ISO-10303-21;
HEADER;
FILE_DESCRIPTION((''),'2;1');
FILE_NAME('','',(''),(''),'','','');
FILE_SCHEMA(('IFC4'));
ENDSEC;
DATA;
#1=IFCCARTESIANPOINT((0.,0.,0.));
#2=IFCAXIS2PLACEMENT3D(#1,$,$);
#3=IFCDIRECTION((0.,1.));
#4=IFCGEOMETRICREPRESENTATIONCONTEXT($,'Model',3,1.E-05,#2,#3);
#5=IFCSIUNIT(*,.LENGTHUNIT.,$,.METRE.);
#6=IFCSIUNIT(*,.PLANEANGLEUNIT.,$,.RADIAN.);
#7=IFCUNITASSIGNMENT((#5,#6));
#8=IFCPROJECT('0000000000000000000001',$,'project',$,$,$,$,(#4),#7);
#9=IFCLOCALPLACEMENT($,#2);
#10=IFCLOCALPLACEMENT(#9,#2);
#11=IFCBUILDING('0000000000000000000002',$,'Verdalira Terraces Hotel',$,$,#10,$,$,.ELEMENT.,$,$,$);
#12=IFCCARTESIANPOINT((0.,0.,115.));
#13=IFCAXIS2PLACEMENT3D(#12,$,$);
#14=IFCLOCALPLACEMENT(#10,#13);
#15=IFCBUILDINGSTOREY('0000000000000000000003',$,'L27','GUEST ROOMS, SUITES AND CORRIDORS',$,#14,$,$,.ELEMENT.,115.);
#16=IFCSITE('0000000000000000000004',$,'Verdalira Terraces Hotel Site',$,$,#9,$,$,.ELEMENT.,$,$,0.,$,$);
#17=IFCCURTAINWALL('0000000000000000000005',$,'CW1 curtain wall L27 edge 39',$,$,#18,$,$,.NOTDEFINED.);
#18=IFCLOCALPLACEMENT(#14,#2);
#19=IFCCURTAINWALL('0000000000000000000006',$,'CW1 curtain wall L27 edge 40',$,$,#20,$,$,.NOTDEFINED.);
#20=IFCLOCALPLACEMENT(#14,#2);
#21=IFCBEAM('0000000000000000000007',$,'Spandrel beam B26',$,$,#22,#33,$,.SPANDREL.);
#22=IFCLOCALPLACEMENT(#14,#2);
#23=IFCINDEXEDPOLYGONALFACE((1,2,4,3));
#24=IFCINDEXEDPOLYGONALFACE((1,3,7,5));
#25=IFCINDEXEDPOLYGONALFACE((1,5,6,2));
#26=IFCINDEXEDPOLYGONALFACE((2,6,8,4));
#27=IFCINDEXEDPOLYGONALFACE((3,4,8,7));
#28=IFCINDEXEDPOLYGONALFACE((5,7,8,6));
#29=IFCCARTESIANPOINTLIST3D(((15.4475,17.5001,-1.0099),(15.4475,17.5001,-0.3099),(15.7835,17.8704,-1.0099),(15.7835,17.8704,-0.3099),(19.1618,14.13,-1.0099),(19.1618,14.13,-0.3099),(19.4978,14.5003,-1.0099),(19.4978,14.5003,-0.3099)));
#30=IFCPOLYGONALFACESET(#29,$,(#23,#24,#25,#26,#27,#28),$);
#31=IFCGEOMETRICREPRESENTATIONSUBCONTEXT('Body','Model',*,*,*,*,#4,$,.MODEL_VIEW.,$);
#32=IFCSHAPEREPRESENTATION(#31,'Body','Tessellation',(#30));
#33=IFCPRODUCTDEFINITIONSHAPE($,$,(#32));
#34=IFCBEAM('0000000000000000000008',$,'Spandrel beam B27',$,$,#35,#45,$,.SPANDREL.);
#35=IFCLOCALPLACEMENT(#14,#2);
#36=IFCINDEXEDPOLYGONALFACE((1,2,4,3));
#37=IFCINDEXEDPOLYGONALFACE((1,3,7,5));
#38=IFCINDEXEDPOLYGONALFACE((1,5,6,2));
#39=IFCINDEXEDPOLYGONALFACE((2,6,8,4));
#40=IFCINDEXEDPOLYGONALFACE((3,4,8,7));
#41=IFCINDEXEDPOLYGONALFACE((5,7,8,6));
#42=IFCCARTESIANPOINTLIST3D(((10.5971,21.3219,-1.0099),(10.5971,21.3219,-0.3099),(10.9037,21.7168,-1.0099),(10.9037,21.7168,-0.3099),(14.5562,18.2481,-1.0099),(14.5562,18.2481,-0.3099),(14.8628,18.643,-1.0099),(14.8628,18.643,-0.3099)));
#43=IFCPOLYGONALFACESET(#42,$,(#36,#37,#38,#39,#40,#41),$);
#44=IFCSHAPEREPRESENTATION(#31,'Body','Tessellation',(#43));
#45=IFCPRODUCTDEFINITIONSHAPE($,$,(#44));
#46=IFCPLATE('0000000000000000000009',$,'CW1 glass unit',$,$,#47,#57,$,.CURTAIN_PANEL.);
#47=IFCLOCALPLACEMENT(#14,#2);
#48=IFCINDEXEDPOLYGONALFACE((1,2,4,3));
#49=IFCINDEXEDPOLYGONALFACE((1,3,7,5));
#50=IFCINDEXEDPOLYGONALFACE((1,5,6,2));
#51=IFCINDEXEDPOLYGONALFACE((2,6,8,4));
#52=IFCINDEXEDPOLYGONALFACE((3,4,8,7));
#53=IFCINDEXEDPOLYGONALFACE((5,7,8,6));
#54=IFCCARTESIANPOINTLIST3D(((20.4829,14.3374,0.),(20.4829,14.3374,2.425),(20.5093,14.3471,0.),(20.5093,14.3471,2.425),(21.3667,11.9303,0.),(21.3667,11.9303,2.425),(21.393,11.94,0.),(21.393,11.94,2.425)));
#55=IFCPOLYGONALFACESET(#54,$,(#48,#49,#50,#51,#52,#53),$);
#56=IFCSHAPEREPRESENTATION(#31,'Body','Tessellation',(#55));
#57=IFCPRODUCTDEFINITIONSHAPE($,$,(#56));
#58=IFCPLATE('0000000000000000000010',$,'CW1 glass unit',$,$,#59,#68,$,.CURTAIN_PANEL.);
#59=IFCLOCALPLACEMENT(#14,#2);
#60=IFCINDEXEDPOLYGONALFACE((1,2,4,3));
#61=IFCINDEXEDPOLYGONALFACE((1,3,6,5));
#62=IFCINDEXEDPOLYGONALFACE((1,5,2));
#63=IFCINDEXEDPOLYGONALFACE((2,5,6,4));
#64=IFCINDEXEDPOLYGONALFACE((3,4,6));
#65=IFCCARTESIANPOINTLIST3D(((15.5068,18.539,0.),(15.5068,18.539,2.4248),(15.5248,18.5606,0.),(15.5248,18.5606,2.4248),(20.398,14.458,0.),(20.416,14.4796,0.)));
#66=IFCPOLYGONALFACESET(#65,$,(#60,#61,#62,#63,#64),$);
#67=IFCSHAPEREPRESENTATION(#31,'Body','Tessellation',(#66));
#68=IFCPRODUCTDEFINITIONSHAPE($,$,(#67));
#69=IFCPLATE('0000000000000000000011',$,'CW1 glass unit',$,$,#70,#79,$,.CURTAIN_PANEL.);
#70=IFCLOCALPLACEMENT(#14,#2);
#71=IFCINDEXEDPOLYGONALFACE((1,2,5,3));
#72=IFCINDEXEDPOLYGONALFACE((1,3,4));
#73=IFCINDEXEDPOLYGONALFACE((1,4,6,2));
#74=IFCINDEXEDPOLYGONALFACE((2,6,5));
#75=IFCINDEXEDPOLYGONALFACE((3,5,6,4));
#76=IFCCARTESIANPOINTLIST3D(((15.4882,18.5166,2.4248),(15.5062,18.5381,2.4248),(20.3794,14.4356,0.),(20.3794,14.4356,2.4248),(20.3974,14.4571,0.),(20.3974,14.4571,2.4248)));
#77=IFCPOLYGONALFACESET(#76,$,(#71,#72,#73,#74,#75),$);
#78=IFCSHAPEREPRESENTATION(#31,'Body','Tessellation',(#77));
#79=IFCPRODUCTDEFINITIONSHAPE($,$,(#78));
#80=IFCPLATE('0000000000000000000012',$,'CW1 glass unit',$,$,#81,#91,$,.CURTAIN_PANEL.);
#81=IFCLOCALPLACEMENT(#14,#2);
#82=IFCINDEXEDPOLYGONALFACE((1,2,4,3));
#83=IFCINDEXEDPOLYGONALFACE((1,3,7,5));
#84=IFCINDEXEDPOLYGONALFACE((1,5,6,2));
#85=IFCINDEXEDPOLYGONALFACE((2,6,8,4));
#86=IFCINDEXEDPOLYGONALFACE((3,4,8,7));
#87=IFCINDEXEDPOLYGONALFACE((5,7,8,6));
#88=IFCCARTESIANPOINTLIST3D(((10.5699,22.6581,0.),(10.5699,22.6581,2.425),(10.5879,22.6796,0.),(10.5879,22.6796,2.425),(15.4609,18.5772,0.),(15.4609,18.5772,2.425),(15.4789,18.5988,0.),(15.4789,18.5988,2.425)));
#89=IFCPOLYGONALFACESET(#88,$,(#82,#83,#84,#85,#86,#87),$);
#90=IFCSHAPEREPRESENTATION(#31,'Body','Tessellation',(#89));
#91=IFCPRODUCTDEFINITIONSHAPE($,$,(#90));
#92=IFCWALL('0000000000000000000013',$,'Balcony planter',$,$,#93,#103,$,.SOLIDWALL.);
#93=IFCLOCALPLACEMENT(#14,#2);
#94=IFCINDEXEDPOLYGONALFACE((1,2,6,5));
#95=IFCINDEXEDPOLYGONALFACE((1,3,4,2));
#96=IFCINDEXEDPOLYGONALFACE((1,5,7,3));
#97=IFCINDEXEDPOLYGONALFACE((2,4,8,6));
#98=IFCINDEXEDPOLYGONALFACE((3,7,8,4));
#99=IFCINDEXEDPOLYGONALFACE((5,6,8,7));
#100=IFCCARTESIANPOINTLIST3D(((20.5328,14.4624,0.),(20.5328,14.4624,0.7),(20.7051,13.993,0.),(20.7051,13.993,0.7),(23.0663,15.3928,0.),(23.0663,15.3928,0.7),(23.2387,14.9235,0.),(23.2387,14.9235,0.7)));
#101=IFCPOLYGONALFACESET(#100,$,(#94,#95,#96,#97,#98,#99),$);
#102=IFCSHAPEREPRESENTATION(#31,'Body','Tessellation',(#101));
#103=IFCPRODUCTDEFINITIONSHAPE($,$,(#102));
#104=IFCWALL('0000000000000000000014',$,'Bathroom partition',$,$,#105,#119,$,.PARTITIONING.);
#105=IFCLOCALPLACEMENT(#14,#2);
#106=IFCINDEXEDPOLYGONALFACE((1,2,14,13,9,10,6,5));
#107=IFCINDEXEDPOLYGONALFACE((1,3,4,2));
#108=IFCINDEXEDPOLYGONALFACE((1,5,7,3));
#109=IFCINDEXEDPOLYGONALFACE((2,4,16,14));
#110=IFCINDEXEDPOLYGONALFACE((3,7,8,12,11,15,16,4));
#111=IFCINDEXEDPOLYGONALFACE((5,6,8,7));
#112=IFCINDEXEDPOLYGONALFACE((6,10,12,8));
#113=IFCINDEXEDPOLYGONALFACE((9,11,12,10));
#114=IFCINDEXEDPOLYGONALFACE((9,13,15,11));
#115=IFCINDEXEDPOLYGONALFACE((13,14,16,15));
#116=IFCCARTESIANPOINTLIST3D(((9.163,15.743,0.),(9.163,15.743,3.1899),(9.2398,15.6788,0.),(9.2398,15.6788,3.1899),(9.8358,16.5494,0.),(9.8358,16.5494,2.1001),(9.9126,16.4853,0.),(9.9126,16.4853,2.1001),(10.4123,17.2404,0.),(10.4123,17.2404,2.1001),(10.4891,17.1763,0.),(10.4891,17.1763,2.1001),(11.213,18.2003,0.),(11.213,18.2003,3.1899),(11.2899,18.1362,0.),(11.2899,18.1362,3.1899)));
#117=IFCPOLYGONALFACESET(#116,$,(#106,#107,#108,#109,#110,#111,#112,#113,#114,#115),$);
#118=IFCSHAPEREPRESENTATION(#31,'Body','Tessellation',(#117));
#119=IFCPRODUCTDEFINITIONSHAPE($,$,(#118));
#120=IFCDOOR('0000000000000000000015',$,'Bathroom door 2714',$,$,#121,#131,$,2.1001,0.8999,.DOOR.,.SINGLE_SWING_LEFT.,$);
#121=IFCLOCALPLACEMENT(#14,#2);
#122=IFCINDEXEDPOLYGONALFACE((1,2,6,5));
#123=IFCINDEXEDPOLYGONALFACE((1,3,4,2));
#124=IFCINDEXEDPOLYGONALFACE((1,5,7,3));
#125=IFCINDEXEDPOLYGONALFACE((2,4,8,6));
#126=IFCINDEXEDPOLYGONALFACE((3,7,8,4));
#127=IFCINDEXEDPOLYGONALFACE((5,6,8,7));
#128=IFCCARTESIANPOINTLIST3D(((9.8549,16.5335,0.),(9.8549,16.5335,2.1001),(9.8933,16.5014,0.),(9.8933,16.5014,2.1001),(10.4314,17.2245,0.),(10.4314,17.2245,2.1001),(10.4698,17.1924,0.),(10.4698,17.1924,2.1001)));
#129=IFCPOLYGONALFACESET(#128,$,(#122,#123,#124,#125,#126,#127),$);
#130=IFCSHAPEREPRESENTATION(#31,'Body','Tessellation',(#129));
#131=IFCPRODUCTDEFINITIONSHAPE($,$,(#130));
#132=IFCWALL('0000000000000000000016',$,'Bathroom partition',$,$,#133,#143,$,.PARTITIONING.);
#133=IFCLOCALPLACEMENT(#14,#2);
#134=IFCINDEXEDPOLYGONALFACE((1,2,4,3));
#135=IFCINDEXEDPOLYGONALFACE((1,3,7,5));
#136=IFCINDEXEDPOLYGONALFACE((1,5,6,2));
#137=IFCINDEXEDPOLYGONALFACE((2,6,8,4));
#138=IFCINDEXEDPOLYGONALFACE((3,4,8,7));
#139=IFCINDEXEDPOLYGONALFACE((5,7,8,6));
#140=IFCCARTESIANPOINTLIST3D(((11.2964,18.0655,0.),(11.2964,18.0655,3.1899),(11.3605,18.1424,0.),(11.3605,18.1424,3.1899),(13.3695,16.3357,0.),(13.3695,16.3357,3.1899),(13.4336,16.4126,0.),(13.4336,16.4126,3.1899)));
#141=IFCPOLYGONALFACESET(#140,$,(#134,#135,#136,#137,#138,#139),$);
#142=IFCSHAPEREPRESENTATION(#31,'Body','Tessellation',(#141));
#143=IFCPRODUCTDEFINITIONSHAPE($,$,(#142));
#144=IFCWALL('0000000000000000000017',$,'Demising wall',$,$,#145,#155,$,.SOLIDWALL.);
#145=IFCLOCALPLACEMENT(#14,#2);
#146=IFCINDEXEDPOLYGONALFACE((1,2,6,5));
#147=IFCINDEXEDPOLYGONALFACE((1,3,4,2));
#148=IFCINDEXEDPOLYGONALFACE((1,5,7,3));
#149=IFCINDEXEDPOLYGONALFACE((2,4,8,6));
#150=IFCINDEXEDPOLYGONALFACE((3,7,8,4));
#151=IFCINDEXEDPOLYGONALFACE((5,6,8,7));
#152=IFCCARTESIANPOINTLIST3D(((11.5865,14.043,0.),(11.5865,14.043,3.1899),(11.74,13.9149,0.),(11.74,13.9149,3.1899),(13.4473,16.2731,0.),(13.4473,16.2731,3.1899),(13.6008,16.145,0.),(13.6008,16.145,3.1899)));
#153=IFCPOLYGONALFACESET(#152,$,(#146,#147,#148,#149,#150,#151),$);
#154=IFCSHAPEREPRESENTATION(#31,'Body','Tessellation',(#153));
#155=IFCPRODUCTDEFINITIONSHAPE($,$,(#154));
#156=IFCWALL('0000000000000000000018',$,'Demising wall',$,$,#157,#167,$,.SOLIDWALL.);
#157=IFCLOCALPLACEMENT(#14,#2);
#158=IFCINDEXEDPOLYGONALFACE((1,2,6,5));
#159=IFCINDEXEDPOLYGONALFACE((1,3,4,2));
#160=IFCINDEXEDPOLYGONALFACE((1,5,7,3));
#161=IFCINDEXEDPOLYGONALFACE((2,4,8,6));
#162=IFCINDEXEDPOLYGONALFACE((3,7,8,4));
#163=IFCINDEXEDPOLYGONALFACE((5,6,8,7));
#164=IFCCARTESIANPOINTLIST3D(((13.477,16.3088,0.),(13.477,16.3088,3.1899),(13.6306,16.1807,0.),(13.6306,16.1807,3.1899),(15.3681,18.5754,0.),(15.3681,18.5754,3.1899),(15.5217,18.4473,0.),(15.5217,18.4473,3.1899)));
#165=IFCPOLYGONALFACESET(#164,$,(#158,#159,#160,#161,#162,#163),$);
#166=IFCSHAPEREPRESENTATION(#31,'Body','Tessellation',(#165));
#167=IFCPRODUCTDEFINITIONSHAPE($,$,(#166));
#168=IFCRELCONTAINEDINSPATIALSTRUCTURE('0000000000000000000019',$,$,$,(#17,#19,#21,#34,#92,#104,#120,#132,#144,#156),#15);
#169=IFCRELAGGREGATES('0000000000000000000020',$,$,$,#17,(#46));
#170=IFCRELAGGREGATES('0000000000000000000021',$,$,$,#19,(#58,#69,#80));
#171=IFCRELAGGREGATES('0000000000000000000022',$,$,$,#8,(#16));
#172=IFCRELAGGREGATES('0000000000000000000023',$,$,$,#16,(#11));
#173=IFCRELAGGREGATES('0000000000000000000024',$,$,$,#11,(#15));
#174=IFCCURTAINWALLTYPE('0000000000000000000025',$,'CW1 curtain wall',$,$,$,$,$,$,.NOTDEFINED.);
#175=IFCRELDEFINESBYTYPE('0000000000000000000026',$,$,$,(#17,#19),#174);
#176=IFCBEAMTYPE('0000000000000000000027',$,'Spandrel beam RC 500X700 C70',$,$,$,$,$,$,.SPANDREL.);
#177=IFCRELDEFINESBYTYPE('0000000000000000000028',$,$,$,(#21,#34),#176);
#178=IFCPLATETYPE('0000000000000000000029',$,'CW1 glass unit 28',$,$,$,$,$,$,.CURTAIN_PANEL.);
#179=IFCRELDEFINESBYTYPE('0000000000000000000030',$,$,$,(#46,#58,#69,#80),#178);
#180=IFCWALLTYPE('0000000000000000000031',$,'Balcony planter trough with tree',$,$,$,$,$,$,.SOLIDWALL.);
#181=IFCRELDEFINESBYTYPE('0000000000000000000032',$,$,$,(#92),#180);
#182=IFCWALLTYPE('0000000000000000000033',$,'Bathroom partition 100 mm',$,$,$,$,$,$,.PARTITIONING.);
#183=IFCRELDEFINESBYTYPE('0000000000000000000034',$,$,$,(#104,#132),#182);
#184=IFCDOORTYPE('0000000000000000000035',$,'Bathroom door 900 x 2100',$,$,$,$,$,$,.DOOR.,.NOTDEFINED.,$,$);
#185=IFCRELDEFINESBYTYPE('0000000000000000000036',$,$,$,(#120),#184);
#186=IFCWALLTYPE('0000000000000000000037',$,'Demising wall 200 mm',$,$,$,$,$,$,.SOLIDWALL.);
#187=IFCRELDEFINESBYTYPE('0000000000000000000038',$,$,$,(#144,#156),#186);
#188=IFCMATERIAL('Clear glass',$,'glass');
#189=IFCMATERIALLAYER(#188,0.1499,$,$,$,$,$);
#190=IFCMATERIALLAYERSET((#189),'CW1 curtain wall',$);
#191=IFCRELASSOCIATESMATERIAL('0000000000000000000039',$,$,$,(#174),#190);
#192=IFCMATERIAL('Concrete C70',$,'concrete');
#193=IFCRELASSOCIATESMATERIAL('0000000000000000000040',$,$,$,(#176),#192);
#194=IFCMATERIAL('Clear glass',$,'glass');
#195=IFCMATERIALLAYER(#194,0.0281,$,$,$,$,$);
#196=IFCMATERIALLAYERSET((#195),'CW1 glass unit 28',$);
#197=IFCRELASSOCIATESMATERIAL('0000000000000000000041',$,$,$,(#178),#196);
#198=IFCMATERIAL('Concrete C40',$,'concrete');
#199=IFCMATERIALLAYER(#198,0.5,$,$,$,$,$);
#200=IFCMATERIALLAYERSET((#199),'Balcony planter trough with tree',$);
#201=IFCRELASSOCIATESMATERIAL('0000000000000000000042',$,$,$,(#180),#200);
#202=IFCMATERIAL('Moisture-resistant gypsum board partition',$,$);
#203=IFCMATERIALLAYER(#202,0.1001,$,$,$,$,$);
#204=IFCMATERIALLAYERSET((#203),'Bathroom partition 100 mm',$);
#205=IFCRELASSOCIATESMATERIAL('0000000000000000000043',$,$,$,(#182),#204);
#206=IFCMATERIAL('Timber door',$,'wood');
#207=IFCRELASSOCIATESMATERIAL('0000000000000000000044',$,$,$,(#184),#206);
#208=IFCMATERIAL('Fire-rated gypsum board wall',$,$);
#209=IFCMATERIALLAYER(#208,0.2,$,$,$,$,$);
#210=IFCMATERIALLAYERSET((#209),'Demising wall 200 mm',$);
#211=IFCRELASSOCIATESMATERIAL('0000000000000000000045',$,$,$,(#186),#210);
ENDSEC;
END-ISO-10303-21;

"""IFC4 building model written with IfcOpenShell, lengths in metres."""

from ifc_helpers import new_model, si_unit, direction, frame, frame_2d, origin, origin_2d, place, context, subcontext, project, spatial, polyline, rectangle, outline, extrude, material, layer, layer_set, material_profile, profile_set, type_object, element, fill, aggregate, save


model = new_model("IFC4")

# Units and contexts
model_context = context("Model", 3, precision=1e-05, world=origin(), true_north=direction((0.0, 1.0)))
body_context = subcontext(model_context, "Body", "Model", "MODEL_VIEW")
ifc_project = project(units=[si_unit("LENGTHUNIT", "METRE"), si_unit("PLANEANGLEUNIT", "RADIAN")], contexts=[model_context])

# Site, building, storey
site_placement = place(None, origin())
site = spatial("IfcSite", under=ifc_project, at=site_placement, Name="Verdalira Terraces Hotel Site", CompositionType="ELEMENT", RefElevation=0.0)
building_placement = place(site_placement, origin())
building = spatial("IfcBuilding", under=site, at=building_placement, Name="Verdalira Terraces Hotel", CompositionType="ELEMENT")
storey_placement = place(building_placement, frame((0.0, 0.0, 115.0)))
storey = spatial("IfcBuildingStorey", under=building, at=storey_placement, Name="L27", Description="GUEST ROOMS, SUITES AND CORRIDORS", CompositionType="ELEMENT", Elevation=115.0)

# Curtain wall
ifc_material_1 = material(Name="Clear glass", Category="glass")
ifc_layer_1 = layer(ifc_material_1, 0.1499)
ifc_layer_set_1 = layer_set([ifc_layer_1], Name="CW1 curtain wall")
curtain_wall_type = type_object("IfcCurtainWallType", Name="CW1 curtain wall", PredefinedType="NOTDEFINED", material=ifc_layer_set_1)
curtain_wall_1_placement = place(storey_placement, origin())
curtain_wall_1 = element("IfcCurtainWall", 1, at=curtain_wall_1_placement, inside=storey, type_object=curtain_wall_type, Name="CW1 curtain wall L27 edge 39", PredefinedType="NOTDEFINED")

# Curtain wall
curtain_wall_2_placement = place(storey_placement, origin())
curtain_wall_2 = element("IfcCurtainWall", 2, at=curtain_wall_2_placement, inside=storey, type_object=curtain_wall_type, Name="CW1 curtain wall L27 edge 40", PredefinedType="NOTDEFINED")

# Beams
ifc_material_2 = material(Name="Concrete C70", Category="concrete")
ifc_material_profile_1 = material_profile(ifc_material_2, rectangle(XDim=0.5, YDim=0.7, at=origin_2d()), Name="RC 500X700")
ifc_profile_set_1 = profile_set([ifc_material_profile_1], Name="Concrete C70")
beam_type_1 = type_object("IfcBeamType", Name="Spandrel beam RC 500X700 C70", PredefinedType="SPANDREL", material=ifc_profile_set_1)
beam_1_placement = place(storey_placement, frame((19.3298, 14.3152, -0.6599), z_axis=(-0.740592, 0.671955, 0.0), x_axis=(-0.671955, -0.740592, 0.0)))
element("IfcBeam", 3, at=beam_1_placement, inside=storey, type_object=beam_type_1, Name="Spandrel beam B26", PredefinedType="SPANDREL", context=body_context, shape_type="SweptSolid", body=[
    extrude(rectangle(XDim=0.5, YDim=0.7, at=origin_2d()), origin(), (0.0, 0.0, 1.0), 5.0154),
])
beam_2_placement = place(storey_placement, frame((14.7095, 18.4456, -0.6599), z_axis=(-0.789882, 0.613259, 0.0), x_axis=(-0.613259, -0.789882, 0.0)))
element("IfcBeam", 4, at=beam_2_placement, inside=storey, type_object=beam_type_1, Name="Spandrel beam B27", PredefinedType="SPANDREL", context=body_context, shape_type="SweptSolid", body=[
    extrude(rectangle(XDim=0.5, YDim=0.7, at=origin_2d()), origin(), (0.0, 0.0, 1.0), 5.0122),
])

# Plates
ifc_material_3 = material(Name="Clear glass", Category="glass")
ifc_layer_2 = layer(ifc_material_3, 0.0281)
ifc_layer_set_2 = layer_set([ifc_layer_2], Name="CW1 glass unit 28")
plate_type = type_object("IfcPlateType", Name="CW1 glass unit 28", PredefinedType="CURTAIN_PANEL", material=ifc_layer_set_2)
plate_1_placement = place(storey_placement, frame((20.938, 13.1387, 0.0), z_axis=(0.0, 0.0, 1.0), x_axis=(-0.344643, 0.938734, 0.0)))
plate_1 = element("IfcPlate", 5, at=plate_1_placement, type_object=plate_type, Name="CW1 glass unit", PredefinedType="CURTAIN_PANEL", context=body_context, shape_type="SweptSolid", body=[
    extrude(rectangle(XDim=2.5642, YDim=0.0281, at=origin_2d()), origin(), (0.0, 0.0, 1.0), 2.425),
])
aggregate(curtain_wall_1, [plate_1])
plate_2_placement = place(storey_placement, frame((17.9524, 16.4985, 1.2124), z_axis=(0.640646, 0.767836, 0.0), x_axis=(-0.767836, 0.640646, 0.0)))
plate_2 = element("IfcPlate", 6, at=plate_2_placement, type_object=plate_type, Name="CW1 glass unit", PredefinedType="CURTAIN_PANEL", context=body_context, shape_type="SweptSolid", body=[
    extrude(outline(polyline([(-3.1851, -1.2124), (3.1851, -1.2124), (3.1851, 1.2124), (-3.1851, -1.2124)])), origin(), (0.0, 0.0, 1.0), 0.0281),
])
plate_3_placement = place(storey_placement, frame((17.9338, 16.4761, 1.2124), z_axis=(0.640646, 0.767836, 0.0), x_axis=(-0.767836, 0.640646, 0.0)))
plate_3 = element("IfcPlate", 7, at=plate_3_placement, type_object=plate_type, Name="CW1 glass unit", PredefinedType="CURTAIN_PANEL", context=body_context, shape_type="SweptSolid", body=[
    extrude(outline(polyline([(-3.1851, -1.2124), (3.1851, 1.2124), (-3.1851, 1.2124), (-3.1851, -1.2124)])), origin(), (0.0, 0.0, 1.0), 0.0281),
])
plate_4_placement = place(storey_placement, frame((13.0244, 20.6284, 0.0), z_axis=(0.0, 0.0, 1.0), x_axis=(-0.767836, 0.640646, 0.0)))
plate_4 = element("IfcPlate", 8, at=plate_4_placement, type_object=plate_type, Name="CW1 glass unit", PredefinedType="CURTAIN_PANEL", context=body_context, shape_type="SweptSolid", body=[
    extrude(rectangle(XDim=6.3699, YDim=0.0281, at=origin_2d()), origin(), (0.0, 0.0, 1.0), 2.425),
])
aggregate(curtain_wall_2, [plate_2, plate_3, plate_4])

# Wall
ifc_material_4 = material(Name="Concrete C40", Category="concrete")
ifc_layer_3 = layer(ifc_material_4, 0.5)
ifc_layer_set_3 = layer_set([ifc_layer_3], Name="Balcony planter trough with tree")
wall_type_1 = type_object("IfcWallType", Name="Balcony planter trough with tree", PredefinedType="SOLIDWALL", material=ifc_layer_set_3)
wall_1_placement = place(storey_placement, frame((23.1526, 15.1582, 0.0), z_axis=(0.0, 0.0, 1.0), x_axis=(-0.938698, -0.344741, 0.0)))
element("IfcWall", 9, at=wall_1_placement, inside=storey, type_object=wall_type_1, Name="Balcony planter", PredefinedType="SOLIDWALL", context=body_context, shape_type="SweptSolid", body=[
    extrude(rectangle(XDim=2.699, YDim=0.5, at=frame_2d((1.3496, 0.0))), origin(), (0.0, 0.0, 1.0), 0.7),
])

# Wall, opening, door
ifc_material_5 = material(Name="Moisture-resistant gypsum board partition")
ifc_layer_4 = layer(ifc_material_5, 0.1001)
ifc_layer_set_4 = layer_set([ifc_layer_4], Name="Bathroom partition 100 mm")
wall_type_2 = type_object("IfcWallType", Name="Bathroom partition 100 mm", PredefinedType="PARTITIONING", material=ifc_layer_set_4)
wall_2_placement = place(storey_placement, frame((11.2515, 18.1682, 0.0), z_axis=(0.0, 0.0, 1.0), x_axis=(-0.640612, -0.767865, 0.0)))
wall_2 = element("IfcWall", 10, at=wall_2_placement, inside=storey, type_object=wall_type_2, Name="Bathroom partition", PredefinedType="PARTITIONING", context=body_context, shape_type="SweptSolid", body=[
    extrude(rectangle(XDim=3.2002, YDim=0.1001, at=frame_2d((1.6001, 0.0))), origin(), (0.0, 0.0, 1.0), 3.1899),
])
opening_1_placement = place(wall_2_placement, frame((1.25, 0.0, 0.0)))
opening_1 = element("IfcOpeningElement", 11, at=opening_1_placement, cuts=wall_2, PredefinedType="OPENING", context=body_context, shape_type="SweptSolid", body=[
    extrude(rectangle(XDim=0.8999, YDim=2.1001, at=frame_2d((0.45, 1.05))), frame((0.0, 0.0601, 0.0), z_axis=(0.0, -1.0, 0.0), x_axis=(1.0, 0.0, 0.0)), (0.0, 0.0, 1.0), 0.1201),
])
ifc_material_6 = material(Name="Timber door", Category="wood")
door_type_1 = type_object("IfcDoorType", Name="Bathroom door 900 x 2100", OperationType="NOTDEFINED", PredefinedType="DOOR", material=ifc_material_6)
door_1_placement = place(opening_1_placement, origin())
door_1 = element("IfcDoor", 12, at=door_1_placement, inside=storey, type_object=door_type_1, Name="Bathroom door 2714", OperationType="SINGLE_SWING_LEFT", OverallHeight=2.1001, OverallWidth=0.8999, PredefinedType="DOOR", context=body_context, shape_type="SweptSolid", body=[
    extrude(rectangle(XDim=0.8999, YDim=2.1001, at=frame_2d((0.45, 1.05))), frame((0.0, 0.0249, 0.0), z_axis=(0.0, -1.0, 0.0), x_axis=(1.0, 0.0, 0.0)), (0.0, 0.0, 1.0), 0.05),
])
fill(opening_1, door_1)

# Walls
wall_3_placement = place(storey_placement, frame((11.3284, 18.104, 0.0), z_axis=(0.0, 0.0, 1.0), x_axis=(0.767813, -0.640673, 0.0)))
element("IfcWall", 13, at=wall_3_placement, inside=storey, type_object=wall_type_2, Name="Bathroom partition", PredefinedType="PARTITIONING", context=body_context, shape_type="SweptSolid", body=[
    extrude(rectangle(XDim=2.7, YDim=0.1001, at=frame_2d((1.3501, 0.0))), origin(), (0.0, 0.0, 1.0), 3.1899),
])
ifc_material_7 = material(Name="Fire-rated gypsum board wall")
ifc_layer_5 = layer(ifc_material_7, 0.2)
ifc_layer_set_5 = layer_set([ifc_layer_5], Name="Demising wall 200 mm")
wall_type_3 = type_object("IfcWallType", Name="Demising wall 200 mm", PredefinedType="SOLIDWALL", material=ifc_layer_set_5)
wall_4_placement = place(storey_placement, frame((11.6633, 13.979, 0.0), z_axis=(0.0, 0.0, 1.0), x_axis=(0.640656, 0.767828, 0.0)))
element("IfcWall", 14, at=wall_4_placement, inside=storey, type_object=wall_type_3, Name="Demising wall", PredefinedType="SOLIDWALL", context=body_context, shape_type="SweptSolid", body=[
    extrude(rectangle(XDim=2.9045, YDim=0.2, at=frame_2d((1.4521, 0.0))), origin(), (0.0, 0.0, 1.0), 3.1899),
])
wall_5_placement = place(storey_placement, frame((13.5537, 16.2446, 0.0), z_axis=(0.0, 0.0, 1.0), x_axis=(0.64064, 0.767842, 0.0)))
element("IfcWall", 15, at=wall_5_placement, inside=storey, type_object=wall_type_3, Name="Demising wall", PredefinedType="SOLIDWALL", context=body_context, shape_type="SweptSolid", body=[
    extrude(rectangle(XDim=2.9519, YDim=0.2, at=frame_2d((1.4761, 0.0))), origin(), (0.0, 0.0, 1.0), 3.1899),
])

save(model, "model.ifc")
